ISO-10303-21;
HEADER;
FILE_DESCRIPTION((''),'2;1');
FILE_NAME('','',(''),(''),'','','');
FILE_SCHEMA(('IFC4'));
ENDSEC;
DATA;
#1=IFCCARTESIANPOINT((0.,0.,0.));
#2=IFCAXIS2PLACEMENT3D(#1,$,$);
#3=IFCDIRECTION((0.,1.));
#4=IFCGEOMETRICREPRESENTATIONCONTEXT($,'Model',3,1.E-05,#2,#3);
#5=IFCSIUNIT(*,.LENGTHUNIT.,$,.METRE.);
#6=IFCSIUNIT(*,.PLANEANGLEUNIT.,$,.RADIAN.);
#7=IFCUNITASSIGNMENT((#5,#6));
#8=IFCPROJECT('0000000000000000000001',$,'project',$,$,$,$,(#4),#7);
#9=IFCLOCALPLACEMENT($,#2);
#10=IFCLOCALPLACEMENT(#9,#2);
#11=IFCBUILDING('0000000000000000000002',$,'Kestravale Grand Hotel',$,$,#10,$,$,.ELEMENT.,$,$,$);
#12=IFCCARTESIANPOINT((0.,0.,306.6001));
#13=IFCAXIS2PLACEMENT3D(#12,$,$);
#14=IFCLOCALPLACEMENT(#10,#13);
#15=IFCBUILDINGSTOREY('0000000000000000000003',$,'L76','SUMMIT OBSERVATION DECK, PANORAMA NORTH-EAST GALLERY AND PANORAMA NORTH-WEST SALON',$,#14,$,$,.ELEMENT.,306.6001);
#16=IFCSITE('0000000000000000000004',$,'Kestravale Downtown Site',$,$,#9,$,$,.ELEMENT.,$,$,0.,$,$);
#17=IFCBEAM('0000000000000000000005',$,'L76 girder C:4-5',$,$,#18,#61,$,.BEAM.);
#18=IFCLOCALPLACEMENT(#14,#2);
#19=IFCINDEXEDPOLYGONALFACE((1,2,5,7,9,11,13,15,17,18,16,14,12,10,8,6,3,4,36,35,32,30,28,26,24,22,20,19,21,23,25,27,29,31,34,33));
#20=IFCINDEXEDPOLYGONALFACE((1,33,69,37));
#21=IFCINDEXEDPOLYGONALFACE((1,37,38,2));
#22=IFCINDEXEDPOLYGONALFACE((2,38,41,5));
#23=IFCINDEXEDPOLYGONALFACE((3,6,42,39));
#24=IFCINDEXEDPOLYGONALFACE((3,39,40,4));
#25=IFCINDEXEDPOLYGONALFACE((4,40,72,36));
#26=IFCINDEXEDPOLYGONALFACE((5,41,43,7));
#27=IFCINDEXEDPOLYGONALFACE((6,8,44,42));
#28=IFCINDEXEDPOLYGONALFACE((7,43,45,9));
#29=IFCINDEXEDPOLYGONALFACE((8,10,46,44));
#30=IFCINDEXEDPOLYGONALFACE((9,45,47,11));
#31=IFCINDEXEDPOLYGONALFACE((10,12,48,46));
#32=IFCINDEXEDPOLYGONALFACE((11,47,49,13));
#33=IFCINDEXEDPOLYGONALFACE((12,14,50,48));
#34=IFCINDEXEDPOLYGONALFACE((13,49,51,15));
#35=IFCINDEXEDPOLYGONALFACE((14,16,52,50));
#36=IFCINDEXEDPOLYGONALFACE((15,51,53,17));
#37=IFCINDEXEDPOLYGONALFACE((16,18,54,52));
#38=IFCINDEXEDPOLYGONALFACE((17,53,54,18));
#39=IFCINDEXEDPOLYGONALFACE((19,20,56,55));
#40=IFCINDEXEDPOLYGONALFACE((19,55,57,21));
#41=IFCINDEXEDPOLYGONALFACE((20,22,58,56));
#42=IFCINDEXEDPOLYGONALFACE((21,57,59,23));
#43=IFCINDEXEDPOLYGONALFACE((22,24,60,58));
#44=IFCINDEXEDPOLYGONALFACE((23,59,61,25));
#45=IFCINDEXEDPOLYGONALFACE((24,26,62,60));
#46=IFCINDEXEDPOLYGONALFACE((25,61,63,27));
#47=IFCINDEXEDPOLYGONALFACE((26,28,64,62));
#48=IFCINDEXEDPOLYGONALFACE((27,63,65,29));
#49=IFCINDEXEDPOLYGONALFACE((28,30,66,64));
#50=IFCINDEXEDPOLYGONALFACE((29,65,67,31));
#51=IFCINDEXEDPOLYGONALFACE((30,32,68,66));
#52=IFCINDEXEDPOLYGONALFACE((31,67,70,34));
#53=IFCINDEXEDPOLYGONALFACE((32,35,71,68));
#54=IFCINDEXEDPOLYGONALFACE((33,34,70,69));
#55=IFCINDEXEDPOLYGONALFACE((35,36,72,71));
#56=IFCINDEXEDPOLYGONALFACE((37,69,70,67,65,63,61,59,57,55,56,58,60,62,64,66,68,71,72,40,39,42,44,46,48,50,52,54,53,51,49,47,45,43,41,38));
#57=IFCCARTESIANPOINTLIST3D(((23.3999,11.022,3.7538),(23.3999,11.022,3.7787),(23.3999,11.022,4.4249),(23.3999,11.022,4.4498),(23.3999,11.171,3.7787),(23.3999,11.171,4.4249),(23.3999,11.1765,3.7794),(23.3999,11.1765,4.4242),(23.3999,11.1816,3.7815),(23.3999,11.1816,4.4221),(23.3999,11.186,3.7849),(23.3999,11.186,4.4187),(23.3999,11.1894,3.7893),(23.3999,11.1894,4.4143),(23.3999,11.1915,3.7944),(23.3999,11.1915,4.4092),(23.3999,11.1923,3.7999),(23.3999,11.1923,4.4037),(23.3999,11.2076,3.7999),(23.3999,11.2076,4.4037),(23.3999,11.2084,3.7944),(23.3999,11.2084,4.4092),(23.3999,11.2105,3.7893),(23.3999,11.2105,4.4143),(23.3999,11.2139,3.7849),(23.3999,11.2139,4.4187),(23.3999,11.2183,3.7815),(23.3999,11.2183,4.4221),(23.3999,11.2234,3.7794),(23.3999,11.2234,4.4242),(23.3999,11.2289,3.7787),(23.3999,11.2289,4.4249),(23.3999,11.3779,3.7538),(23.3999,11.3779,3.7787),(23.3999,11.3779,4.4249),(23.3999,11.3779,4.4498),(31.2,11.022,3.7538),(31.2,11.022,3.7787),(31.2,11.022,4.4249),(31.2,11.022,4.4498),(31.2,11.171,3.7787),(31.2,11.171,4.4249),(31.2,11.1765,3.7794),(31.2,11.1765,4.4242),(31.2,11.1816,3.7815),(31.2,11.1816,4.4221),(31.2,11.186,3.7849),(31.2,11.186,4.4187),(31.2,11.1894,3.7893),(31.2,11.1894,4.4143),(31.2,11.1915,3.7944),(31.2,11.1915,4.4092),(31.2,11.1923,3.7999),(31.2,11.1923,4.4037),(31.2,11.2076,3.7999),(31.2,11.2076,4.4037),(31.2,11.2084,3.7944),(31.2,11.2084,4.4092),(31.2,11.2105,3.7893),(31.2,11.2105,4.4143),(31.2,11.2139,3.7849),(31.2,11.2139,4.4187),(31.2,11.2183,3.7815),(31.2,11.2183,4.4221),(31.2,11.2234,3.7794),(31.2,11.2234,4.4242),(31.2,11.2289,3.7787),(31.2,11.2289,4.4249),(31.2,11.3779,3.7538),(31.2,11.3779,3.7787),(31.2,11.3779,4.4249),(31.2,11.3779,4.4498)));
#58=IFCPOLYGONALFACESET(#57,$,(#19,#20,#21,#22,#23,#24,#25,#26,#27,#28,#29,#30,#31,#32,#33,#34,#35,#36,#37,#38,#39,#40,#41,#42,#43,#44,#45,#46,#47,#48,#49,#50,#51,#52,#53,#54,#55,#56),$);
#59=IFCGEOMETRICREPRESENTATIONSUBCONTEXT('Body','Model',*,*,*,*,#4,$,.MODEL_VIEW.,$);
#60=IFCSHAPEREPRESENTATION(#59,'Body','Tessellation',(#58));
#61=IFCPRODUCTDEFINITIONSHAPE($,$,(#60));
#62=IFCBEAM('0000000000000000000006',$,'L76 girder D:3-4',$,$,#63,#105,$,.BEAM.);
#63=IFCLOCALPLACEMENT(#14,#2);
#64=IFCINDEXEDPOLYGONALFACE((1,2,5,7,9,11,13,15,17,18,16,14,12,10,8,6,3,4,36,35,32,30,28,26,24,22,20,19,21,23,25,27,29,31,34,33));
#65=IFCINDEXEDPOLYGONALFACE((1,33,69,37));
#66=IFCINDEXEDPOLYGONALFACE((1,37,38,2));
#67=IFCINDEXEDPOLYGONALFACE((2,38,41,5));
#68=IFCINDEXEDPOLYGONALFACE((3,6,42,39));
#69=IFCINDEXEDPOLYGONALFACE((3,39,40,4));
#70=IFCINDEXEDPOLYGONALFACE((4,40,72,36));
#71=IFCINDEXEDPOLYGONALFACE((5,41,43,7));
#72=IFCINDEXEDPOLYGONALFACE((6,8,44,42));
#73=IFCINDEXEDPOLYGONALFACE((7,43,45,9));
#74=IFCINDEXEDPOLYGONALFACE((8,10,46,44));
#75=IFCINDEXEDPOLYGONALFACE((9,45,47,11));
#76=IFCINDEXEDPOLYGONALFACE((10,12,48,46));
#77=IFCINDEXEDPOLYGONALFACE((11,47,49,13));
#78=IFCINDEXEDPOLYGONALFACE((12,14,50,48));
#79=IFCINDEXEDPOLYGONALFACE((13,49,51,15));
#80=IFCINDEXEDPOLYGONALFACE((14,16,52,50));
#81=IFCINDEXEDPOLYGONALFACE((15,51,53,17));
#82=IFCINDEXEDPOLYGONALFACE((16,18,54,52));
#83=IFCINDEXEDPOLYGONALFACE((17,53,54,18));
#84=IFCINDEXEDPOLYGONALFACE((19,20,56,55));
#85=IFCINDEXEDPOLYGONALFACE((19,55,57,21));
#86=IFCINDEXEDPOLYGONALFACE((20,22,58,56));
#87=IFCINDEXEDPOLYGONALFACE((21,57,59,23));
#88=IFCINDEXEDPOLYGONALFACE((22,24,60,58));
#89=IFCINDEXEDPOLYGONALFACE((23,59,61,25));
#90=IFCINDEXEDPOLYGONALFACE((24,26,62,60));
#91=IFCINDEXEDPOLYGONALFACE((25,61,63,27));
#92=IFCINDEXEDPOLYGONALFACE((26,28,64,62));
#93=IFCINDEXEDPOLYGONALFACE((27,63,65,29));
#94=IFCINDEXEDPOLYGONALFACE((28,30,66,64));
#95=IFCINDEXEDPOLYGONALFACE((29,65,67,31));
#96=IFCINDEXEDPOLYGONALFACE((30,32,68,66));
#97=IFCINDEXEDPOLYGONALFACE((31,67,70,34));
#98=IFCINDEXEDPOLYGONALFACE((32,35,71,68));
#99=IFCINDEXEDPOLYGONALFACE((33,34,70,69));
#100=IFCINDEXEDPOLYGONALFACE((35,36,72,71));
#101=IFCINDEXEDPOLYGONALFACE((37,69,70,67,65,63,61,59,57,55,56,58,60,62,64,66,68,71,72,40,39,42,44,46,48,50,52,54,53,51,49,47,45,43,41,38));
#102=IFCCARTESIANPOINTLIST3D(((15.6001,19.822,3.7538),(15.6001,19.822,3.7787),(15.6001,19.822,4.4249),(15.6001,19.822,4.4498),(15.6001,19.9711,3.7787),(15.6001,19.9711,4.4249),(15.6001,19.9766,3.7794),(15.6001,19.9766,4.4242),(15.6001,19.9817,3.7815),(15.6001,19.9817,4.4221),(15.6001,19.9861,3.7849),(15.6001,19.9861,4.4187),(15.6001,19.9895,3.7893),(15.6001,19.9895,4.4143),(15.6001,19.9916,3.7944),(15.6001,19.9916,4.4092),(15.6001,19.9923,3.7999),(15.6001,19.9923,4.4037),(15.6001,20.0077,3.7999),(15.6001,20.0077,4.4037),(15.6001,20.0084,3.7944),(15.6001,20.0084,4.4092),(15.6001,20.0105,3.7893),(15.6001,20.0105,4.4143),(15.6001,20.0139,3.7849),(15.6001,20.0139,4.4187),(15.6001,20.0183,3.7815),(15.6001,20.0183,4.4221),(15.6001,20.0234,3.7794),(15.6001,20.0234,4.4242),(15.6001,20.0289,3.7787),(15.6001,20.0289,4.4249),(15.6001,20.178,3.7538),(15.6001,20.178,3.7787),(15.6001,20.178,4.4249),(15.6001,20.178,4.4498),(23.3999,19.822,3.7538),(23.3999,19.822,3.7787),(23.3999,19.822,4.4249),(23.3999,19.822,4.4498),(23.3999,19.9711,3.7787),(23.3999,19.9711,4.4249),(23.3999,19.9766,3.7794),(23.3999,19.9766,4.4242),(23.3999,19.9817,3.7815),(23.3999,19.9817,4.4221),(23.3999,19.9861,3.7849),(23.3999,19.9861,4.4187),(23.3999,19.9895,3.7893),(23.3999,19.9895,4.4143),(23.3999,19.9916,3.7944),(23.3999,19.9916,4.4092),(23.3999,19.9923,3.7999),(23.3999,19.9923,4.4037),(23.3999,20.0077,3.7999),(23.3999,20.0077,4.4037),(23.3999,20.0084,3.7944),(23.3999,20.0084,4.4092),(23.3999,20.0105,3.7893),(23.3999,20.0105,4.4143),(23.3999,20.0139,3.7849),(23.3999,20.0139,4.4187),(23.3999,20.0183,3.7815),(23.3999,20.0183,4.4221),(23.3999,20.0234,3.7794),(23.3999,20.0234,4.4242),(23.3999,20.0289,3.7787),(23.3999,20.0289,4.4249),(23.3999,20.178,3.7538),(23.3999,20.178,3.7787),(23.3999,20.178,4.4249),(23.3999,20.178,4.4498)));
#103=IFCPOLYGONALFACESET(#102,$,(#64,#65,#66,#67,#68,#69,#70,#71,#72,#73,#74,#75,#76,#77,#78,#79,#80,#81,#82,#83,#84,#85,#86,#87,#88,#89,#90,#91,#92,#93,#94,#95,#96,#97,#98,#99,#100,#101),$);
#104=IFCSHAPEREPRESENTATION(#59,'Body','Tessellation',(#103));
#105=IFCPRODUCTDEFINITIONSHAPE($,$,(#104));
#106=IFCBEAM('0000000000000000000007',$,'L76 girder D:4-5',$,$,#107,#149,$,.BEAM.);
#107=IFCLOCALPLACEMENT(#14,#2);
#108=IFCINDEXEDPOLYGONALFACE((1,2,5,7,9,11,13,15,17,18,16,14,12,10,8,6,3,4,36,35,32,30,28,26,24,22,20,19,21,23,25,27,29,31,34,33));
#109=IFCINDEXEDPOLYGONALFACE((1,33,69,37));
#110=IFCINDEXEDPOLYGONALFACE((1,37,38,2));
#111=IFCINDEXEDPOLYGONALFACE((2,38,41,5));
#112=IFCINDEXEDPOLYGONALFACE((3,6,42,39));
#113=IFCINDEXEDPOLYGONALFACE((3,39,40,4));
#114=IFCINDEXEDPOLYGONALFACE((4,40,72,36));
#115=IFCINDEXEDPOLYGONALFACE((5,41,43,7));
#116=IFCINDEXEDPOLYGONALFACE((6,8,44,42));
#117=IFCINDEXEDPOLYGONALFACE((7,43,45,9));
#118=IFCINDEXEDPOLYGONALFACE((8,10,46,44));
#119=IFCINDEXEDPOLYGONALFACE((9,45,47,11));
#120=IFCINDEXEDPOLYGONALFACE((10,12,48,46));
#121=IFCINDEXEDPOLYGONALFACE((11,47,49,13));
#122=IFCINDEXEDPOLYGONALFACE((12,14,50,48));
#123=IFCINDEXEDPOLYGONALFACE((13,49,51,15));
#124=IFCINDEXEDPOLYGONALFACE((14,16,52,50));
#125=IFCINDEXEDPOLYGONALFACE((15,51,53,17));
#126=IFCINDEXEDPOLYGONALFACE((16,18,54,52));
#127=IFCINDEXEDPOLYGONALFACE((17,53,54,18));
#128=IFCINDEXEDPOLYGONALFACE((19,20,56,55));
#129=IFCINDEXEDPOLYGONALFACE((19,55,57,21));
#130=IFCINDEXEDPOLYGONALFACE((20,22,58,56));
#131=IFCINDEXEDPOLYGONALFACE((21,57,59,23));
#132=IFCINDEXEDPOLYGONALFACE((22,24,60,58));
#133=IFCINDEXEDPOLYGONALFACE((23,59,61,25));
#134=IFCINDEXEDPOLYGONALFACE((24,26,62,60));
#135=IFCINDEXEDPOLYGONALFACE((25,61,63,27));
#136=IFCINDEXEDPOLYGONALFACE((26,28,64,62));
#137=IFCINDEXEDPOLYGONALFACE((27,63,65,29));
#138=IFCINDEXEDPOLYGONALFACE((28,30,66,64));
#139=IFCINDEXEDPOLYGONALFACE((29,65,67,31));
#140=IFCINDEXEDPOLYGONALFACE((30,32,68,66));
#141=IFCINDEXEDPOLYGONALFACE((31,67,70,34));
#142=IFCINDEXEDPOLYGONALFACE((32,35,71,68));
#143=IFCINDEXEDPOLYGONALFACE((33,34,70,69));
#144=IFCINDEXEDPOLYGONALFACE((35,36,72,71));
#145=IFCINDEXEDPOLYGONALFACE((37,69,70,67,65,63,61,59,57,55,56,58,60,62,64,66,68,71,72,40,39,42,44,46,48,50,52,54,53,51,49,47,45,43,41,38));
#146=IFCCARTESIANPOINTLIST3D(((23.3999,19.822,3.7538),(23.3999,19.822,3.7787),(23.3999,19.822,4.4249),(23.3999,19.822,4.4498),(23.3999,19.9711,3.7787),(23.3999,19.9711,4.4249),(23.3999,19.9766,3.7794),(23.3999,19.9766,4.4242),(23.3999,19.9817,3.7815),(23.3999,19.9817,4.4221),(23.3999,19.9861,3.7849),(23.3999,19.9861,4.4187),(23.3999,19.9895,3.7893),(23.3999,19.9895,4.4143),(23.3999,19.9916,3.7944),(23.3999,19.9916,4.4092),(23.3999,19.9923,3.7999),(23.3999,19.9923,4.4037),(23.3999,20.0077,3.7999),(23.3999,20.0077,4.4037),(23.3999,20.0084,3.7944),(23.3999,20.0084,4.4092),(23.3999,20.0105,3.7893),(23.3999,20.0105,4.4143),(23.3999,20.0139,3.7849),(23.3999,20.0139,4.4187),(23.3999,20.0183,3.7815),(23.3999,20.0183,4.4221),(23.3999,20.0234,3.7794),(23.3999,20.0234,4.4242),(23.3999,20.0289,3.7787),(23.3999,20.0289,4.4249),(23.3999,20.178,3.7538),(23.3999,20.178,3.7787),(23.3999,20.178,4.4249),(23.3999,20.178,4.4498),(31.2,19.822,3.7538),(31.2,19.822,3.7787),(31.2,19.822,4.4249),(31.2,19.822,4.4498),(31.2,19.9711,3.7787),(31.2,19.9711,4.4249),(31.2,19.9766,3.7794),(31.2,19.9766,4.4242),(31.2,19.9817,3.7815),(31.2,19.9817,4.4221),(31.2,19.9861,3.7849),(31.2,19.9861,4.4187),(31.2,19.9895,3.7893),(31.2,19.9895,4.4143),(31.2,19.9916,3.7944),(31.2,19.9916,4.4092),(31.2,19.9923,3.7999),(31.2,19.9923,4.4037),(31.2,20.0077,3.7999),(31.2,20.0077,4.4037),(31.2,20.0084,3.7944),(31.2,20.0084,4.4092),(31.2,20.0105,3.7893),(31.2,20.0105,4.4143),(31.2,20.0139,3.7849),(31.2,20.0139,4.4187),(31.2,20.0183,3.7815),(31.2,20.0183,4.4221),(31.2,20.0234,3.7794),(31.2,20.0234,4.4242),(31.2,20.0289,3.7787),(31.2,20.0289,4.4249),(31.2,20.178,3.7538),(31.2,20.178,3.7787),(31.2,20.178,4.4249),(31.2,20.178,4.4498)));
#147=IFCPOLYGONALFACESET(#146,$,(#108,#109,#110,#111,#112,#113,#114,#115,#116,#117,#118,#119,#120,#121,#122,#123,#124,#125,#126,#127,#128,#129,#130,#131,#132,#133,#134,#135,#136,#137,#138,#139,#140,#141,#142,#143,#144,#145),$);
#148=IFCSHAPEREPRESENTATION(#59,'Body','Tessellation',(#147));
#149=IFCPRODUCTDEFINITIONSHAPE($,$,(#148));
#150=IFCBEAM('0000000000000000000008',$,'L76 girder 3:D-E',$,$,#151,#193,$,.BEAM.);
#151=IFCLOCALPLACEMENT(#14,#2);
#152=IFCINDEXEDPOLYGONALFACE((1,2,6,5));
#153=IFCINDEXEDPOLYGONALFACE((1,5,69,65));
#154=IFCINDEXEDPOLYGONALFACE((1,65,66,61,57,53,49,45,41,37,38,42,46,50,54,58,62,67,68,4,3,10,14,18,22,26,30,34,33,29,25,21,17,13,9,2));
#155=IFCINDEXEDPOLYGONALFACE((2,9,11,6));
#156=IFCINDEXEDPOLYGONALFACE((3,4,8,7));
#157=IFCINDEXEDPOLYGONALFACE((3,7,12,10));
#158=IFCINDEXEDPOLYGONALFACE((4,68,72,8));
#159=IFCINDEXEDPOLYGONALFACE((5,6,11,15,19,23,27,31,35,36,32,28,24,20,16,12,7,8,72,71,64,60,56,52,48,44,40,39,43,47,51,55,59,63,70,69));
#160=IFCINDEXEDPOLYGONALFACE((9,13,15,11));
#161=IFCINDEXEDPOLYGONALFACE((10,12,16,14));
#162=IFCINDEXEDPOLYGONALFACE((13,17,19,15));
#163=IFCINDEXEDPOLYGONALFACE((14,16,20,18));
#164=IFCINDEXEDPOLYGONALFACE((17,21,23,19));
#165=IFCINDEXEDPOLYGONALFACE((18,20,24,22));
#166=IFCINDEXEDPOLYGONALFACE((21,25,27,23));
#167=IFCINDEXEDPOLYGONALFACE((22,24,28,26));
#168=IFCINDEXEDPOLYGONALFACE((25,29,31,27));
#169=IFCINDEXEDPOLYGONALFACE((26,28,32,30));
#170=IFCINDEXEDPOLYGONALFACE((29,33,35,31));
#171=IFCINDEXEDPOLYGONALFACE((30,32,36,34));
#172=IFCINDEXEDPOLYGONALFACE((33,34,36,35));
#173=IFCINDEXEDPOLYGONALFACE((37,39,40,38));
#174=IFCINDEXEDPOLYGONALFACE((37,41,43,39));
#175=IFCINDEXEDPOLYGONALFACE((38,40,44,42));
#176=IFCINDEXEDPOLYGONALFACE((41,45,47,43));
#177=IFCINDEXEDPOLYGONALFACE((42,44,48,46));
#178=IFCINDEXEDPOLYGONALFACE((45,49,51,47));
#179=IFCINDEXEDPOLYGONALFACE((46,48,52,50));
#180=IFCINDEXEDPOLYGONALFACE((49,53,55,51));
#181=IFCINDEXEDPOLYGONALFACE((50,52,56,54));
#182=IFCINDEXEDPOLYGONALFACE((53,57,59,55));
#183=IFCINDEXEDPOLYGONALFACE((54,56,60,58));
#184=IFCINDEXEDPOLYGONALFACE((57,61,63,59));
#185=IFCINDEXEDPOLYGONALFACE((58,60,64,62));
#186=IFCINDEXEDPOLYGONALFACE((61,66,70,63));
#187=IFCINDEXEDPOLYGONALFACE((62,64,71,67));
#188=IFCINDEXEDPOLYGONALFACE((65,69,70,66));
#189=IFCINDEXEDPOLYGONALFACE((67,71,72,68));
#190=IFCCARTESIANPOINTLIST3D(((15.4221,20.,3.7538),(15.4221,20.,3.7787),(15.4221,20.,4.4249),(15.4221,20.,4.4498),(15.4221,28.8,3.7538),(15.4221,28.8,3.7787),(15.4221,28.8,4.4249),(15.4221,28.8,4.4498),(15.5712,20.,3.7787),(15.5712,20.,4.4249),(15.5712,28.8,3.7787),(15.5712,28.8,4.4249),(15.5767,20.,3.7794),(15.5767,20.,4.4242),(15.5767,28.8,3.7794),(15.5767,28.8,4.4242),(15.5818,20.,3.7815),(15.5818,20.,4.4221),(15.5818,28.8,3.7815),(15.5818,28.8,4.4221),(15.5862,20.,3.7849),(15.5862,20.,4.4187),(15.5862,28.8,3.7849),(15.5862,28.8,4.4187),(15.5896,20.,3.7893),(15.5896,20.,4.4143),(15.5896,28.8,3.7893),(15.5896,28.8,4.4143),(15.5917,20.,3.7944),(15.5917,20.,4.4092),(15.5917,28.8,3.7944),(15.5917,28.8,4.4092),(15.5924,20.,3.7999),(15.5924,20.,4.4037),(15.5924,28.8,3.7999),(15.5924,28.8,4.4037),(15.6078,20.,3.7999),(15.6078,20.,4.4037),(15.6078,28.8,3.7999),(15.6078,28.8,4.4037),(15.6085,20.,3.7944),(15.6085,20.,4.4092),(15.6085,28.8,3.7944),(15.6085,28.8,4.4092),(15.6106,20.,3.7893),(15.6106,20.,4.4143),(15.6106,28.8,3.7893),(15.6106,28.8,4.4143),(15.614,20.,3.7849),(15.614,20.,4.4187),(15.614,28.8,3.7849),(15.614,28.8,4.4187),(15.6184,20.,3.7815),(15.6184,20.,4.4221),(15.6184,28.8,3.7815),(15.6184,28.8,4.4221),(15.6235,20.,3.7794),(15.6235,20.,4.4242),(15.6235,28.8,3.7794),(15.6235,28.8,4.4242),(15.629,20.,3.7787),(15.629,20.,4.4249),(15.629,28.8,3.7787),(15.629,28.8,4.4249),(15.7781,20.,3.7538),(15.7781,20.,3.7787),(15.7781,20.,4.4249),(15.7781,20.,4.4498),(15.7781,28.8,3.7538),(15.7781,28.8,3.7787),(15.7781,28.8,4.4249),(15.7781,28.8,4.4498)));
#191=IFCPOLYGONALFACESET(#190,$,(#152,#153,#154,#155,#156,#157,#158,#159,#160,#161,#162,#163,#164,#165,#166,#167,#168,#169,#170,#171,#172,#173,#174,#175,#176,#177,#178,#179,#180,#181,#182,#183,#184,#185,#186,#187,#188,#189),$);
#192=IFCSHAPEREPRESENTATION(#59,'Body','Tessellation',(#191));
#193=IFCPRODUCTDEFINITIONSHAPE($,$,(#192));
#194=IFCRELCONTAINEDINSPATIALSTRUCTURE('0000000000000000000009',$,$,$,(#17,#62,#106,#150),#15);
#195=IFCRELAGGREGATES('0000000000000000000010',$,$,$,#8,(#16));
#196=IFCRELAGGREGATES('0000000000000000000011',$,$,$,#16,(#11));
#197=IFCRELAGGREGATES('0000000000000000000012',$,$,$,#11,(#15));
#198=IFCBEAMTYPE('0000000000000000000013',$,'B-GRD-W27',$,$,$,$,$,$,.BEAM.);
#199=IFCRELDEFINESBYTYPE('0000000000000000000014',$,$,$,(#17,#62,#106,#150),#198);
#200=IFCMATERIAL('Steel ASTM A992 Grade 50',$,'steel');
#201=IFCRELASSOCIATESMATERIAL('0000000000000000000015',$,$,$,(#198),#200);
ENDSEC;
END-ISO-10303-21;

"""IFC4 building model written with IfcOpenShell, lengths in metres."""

from ifc_helpers import new_model, si_unit, direction, frame, origin, origin_2d, place, context, subcontext, project, spatial, i_section, extrude, material, material_profile, profile_set, type_object, element, save


model = new_model("IFC4")

# Units and contexts
model_context = context("Model", 3, precision=1e-05, world=origin(), true_north=direction((0.0, 1.0)))
body_context = subcontext(model_context, "Body", "Model", "MODEL_VIEW")
ifc_project = project(units=[si_unit("LENGTHUNIT", "METRE"), si_unit("PLANEANGLEUNIT", "RADIAN")], contexts=[model_context])

# Site, building, storey
site_placement = place(None, origin())
site = spatial("IfcSite", under=ifc_project, at=site_placement, Name="Kestravale Downtown Site", CompositionType="ELEMENT", RefElevation=0.0)
building_placement = place(site_placement, origin())
building = spatial("IfcBuilding", under=site, at=building_placement, Name="Kestravale Grand Hotel", CompositionType="ELEMENT")
storey_placement = place(building_placement, frame((0.0, 0.0, 306.6001)))
storey = spatial("IfcBuildingStorey", under=building, at=storey_placement, Name="L76", Description="SUMMIT OBSERVATION DECK, PANORAMA NORTH-EAST GALLERY AND PANORAMA NORTH-WEST SALON", CompositionType="ELEMENT", Elevation=306.6001)

# Beams
ifc_material_1 = material(Name="Steel ASTM A992 Grade 50", Category="steel")
ifc_material_profile_1 = material_profile(ifc_material_1, i_section(OverallWidth=0.356, OverallDepth=0.696, WebThickness=0.0154, FlangeThickness=0.0249, FilletRadius=0.0212, at=origin_2d()))
ifc_profile_set_1 = profile_set([ifc_material_profile_1], Name="Steel ASTM A992 Grade 50")
beam_type_1 = type_object("IfcBeamType", Name="B-GRD-W27", PredefinedType="BEAM", material=ifc_profile_set_1)
beam_1_placement = place(storey_placement, frame((23.3999, 11.2, 4.1018), z_axis=(1.0, 0.0, 0.0), x_axis=(0.0, 1.0, 0.0)))
element("IfcBeam", 1, at=beam_1_placement, inside=storey, type_object=beam_type_1, Name="L76 girder C:4-5", PredefinedType="BEAM", context=body_context, shape_type="SweptSolid", body=[
    extrude(i_section(OverallWidth=0.356, OverallDepth=0.696, WebThickness=0.0154, FlangeThickness=0.0249, FilletRadius=0.0212, at=origin_2d()), origin(), (0.0, 0.0, 1.0), 7.8),
])
beam_2_placement = place(storey_placement, frame((15.6001, 20.0, 4.1018), z_axis=(1.0, 0.0, 0.0), x_axis=(0.0, 1.0, 0.0)))
element("IfcBeam", 2, at=beam_2_placement, inside=storey, type_object=beam_type_1, Name="L76 girder D:3-4", PredefinedType="BEAM", context=body_context, shape_type="SweptSolid", body=[
    extrude(i_section(OverallWidth=0.356, OverallDepth=0.696, WebThickness=0.0154, FlangeThickness=0.0249, FilletRadius=0.0212, at=origin_2d()), origin(), (0.0, 0.0, 1.0), 7.7998),
])
beam_3_placement = place(storey_placement, frame((23.3999, 20.0, 4.1018), z_axis=(1.0, 0.0, 0.0), x_axis=(0.0, 1.0, 0.0)))
element("IfcBeam", 3, at=beam_3_placement, inside=storey, type_object=beam_type_1, Name="L76 girder D:4-5", PredefinedType="BEAM", context=body_context, shape_type="SweptSolid", body=[
    extrude(i_section(OverallWidth=0.356, OverallDepth=0.696, WebThickness=0.0154, FlangeThickness=0.0249, FilletRadius=0.0212, at=origin_2d()), origin(), (0.0, 0.0, 1.0), 7.8),
])
for number, where, z_axis, x_axis, name in (
    (4, (15.6001, 20.0, 4.1018), (0.0, 1.0, 0.0), (-1.0, 0.0, 0.0), "L76 girder 3:D-E"),
):
    element("IfcBeam", number, at=place(storey_placement, frame(where, z_axis=z_axis, x_axis=x_axis)), inside=storey, type_object=beam_type_1, Name=name, PredefinedType="BEAM", context=body_context, shape_type="SweptSolid", body=[
        extrude(i_section(OverallWidth=0.356, OverallDepth=0.696, WebThickness=0.0154, FlangeThickness=0.0249, FilletRadius=0.0212, at=origin_2d()), origin(), (0.0, 0.0, 1.0), 8.8),
    ])

save(model, "model.ifc")
